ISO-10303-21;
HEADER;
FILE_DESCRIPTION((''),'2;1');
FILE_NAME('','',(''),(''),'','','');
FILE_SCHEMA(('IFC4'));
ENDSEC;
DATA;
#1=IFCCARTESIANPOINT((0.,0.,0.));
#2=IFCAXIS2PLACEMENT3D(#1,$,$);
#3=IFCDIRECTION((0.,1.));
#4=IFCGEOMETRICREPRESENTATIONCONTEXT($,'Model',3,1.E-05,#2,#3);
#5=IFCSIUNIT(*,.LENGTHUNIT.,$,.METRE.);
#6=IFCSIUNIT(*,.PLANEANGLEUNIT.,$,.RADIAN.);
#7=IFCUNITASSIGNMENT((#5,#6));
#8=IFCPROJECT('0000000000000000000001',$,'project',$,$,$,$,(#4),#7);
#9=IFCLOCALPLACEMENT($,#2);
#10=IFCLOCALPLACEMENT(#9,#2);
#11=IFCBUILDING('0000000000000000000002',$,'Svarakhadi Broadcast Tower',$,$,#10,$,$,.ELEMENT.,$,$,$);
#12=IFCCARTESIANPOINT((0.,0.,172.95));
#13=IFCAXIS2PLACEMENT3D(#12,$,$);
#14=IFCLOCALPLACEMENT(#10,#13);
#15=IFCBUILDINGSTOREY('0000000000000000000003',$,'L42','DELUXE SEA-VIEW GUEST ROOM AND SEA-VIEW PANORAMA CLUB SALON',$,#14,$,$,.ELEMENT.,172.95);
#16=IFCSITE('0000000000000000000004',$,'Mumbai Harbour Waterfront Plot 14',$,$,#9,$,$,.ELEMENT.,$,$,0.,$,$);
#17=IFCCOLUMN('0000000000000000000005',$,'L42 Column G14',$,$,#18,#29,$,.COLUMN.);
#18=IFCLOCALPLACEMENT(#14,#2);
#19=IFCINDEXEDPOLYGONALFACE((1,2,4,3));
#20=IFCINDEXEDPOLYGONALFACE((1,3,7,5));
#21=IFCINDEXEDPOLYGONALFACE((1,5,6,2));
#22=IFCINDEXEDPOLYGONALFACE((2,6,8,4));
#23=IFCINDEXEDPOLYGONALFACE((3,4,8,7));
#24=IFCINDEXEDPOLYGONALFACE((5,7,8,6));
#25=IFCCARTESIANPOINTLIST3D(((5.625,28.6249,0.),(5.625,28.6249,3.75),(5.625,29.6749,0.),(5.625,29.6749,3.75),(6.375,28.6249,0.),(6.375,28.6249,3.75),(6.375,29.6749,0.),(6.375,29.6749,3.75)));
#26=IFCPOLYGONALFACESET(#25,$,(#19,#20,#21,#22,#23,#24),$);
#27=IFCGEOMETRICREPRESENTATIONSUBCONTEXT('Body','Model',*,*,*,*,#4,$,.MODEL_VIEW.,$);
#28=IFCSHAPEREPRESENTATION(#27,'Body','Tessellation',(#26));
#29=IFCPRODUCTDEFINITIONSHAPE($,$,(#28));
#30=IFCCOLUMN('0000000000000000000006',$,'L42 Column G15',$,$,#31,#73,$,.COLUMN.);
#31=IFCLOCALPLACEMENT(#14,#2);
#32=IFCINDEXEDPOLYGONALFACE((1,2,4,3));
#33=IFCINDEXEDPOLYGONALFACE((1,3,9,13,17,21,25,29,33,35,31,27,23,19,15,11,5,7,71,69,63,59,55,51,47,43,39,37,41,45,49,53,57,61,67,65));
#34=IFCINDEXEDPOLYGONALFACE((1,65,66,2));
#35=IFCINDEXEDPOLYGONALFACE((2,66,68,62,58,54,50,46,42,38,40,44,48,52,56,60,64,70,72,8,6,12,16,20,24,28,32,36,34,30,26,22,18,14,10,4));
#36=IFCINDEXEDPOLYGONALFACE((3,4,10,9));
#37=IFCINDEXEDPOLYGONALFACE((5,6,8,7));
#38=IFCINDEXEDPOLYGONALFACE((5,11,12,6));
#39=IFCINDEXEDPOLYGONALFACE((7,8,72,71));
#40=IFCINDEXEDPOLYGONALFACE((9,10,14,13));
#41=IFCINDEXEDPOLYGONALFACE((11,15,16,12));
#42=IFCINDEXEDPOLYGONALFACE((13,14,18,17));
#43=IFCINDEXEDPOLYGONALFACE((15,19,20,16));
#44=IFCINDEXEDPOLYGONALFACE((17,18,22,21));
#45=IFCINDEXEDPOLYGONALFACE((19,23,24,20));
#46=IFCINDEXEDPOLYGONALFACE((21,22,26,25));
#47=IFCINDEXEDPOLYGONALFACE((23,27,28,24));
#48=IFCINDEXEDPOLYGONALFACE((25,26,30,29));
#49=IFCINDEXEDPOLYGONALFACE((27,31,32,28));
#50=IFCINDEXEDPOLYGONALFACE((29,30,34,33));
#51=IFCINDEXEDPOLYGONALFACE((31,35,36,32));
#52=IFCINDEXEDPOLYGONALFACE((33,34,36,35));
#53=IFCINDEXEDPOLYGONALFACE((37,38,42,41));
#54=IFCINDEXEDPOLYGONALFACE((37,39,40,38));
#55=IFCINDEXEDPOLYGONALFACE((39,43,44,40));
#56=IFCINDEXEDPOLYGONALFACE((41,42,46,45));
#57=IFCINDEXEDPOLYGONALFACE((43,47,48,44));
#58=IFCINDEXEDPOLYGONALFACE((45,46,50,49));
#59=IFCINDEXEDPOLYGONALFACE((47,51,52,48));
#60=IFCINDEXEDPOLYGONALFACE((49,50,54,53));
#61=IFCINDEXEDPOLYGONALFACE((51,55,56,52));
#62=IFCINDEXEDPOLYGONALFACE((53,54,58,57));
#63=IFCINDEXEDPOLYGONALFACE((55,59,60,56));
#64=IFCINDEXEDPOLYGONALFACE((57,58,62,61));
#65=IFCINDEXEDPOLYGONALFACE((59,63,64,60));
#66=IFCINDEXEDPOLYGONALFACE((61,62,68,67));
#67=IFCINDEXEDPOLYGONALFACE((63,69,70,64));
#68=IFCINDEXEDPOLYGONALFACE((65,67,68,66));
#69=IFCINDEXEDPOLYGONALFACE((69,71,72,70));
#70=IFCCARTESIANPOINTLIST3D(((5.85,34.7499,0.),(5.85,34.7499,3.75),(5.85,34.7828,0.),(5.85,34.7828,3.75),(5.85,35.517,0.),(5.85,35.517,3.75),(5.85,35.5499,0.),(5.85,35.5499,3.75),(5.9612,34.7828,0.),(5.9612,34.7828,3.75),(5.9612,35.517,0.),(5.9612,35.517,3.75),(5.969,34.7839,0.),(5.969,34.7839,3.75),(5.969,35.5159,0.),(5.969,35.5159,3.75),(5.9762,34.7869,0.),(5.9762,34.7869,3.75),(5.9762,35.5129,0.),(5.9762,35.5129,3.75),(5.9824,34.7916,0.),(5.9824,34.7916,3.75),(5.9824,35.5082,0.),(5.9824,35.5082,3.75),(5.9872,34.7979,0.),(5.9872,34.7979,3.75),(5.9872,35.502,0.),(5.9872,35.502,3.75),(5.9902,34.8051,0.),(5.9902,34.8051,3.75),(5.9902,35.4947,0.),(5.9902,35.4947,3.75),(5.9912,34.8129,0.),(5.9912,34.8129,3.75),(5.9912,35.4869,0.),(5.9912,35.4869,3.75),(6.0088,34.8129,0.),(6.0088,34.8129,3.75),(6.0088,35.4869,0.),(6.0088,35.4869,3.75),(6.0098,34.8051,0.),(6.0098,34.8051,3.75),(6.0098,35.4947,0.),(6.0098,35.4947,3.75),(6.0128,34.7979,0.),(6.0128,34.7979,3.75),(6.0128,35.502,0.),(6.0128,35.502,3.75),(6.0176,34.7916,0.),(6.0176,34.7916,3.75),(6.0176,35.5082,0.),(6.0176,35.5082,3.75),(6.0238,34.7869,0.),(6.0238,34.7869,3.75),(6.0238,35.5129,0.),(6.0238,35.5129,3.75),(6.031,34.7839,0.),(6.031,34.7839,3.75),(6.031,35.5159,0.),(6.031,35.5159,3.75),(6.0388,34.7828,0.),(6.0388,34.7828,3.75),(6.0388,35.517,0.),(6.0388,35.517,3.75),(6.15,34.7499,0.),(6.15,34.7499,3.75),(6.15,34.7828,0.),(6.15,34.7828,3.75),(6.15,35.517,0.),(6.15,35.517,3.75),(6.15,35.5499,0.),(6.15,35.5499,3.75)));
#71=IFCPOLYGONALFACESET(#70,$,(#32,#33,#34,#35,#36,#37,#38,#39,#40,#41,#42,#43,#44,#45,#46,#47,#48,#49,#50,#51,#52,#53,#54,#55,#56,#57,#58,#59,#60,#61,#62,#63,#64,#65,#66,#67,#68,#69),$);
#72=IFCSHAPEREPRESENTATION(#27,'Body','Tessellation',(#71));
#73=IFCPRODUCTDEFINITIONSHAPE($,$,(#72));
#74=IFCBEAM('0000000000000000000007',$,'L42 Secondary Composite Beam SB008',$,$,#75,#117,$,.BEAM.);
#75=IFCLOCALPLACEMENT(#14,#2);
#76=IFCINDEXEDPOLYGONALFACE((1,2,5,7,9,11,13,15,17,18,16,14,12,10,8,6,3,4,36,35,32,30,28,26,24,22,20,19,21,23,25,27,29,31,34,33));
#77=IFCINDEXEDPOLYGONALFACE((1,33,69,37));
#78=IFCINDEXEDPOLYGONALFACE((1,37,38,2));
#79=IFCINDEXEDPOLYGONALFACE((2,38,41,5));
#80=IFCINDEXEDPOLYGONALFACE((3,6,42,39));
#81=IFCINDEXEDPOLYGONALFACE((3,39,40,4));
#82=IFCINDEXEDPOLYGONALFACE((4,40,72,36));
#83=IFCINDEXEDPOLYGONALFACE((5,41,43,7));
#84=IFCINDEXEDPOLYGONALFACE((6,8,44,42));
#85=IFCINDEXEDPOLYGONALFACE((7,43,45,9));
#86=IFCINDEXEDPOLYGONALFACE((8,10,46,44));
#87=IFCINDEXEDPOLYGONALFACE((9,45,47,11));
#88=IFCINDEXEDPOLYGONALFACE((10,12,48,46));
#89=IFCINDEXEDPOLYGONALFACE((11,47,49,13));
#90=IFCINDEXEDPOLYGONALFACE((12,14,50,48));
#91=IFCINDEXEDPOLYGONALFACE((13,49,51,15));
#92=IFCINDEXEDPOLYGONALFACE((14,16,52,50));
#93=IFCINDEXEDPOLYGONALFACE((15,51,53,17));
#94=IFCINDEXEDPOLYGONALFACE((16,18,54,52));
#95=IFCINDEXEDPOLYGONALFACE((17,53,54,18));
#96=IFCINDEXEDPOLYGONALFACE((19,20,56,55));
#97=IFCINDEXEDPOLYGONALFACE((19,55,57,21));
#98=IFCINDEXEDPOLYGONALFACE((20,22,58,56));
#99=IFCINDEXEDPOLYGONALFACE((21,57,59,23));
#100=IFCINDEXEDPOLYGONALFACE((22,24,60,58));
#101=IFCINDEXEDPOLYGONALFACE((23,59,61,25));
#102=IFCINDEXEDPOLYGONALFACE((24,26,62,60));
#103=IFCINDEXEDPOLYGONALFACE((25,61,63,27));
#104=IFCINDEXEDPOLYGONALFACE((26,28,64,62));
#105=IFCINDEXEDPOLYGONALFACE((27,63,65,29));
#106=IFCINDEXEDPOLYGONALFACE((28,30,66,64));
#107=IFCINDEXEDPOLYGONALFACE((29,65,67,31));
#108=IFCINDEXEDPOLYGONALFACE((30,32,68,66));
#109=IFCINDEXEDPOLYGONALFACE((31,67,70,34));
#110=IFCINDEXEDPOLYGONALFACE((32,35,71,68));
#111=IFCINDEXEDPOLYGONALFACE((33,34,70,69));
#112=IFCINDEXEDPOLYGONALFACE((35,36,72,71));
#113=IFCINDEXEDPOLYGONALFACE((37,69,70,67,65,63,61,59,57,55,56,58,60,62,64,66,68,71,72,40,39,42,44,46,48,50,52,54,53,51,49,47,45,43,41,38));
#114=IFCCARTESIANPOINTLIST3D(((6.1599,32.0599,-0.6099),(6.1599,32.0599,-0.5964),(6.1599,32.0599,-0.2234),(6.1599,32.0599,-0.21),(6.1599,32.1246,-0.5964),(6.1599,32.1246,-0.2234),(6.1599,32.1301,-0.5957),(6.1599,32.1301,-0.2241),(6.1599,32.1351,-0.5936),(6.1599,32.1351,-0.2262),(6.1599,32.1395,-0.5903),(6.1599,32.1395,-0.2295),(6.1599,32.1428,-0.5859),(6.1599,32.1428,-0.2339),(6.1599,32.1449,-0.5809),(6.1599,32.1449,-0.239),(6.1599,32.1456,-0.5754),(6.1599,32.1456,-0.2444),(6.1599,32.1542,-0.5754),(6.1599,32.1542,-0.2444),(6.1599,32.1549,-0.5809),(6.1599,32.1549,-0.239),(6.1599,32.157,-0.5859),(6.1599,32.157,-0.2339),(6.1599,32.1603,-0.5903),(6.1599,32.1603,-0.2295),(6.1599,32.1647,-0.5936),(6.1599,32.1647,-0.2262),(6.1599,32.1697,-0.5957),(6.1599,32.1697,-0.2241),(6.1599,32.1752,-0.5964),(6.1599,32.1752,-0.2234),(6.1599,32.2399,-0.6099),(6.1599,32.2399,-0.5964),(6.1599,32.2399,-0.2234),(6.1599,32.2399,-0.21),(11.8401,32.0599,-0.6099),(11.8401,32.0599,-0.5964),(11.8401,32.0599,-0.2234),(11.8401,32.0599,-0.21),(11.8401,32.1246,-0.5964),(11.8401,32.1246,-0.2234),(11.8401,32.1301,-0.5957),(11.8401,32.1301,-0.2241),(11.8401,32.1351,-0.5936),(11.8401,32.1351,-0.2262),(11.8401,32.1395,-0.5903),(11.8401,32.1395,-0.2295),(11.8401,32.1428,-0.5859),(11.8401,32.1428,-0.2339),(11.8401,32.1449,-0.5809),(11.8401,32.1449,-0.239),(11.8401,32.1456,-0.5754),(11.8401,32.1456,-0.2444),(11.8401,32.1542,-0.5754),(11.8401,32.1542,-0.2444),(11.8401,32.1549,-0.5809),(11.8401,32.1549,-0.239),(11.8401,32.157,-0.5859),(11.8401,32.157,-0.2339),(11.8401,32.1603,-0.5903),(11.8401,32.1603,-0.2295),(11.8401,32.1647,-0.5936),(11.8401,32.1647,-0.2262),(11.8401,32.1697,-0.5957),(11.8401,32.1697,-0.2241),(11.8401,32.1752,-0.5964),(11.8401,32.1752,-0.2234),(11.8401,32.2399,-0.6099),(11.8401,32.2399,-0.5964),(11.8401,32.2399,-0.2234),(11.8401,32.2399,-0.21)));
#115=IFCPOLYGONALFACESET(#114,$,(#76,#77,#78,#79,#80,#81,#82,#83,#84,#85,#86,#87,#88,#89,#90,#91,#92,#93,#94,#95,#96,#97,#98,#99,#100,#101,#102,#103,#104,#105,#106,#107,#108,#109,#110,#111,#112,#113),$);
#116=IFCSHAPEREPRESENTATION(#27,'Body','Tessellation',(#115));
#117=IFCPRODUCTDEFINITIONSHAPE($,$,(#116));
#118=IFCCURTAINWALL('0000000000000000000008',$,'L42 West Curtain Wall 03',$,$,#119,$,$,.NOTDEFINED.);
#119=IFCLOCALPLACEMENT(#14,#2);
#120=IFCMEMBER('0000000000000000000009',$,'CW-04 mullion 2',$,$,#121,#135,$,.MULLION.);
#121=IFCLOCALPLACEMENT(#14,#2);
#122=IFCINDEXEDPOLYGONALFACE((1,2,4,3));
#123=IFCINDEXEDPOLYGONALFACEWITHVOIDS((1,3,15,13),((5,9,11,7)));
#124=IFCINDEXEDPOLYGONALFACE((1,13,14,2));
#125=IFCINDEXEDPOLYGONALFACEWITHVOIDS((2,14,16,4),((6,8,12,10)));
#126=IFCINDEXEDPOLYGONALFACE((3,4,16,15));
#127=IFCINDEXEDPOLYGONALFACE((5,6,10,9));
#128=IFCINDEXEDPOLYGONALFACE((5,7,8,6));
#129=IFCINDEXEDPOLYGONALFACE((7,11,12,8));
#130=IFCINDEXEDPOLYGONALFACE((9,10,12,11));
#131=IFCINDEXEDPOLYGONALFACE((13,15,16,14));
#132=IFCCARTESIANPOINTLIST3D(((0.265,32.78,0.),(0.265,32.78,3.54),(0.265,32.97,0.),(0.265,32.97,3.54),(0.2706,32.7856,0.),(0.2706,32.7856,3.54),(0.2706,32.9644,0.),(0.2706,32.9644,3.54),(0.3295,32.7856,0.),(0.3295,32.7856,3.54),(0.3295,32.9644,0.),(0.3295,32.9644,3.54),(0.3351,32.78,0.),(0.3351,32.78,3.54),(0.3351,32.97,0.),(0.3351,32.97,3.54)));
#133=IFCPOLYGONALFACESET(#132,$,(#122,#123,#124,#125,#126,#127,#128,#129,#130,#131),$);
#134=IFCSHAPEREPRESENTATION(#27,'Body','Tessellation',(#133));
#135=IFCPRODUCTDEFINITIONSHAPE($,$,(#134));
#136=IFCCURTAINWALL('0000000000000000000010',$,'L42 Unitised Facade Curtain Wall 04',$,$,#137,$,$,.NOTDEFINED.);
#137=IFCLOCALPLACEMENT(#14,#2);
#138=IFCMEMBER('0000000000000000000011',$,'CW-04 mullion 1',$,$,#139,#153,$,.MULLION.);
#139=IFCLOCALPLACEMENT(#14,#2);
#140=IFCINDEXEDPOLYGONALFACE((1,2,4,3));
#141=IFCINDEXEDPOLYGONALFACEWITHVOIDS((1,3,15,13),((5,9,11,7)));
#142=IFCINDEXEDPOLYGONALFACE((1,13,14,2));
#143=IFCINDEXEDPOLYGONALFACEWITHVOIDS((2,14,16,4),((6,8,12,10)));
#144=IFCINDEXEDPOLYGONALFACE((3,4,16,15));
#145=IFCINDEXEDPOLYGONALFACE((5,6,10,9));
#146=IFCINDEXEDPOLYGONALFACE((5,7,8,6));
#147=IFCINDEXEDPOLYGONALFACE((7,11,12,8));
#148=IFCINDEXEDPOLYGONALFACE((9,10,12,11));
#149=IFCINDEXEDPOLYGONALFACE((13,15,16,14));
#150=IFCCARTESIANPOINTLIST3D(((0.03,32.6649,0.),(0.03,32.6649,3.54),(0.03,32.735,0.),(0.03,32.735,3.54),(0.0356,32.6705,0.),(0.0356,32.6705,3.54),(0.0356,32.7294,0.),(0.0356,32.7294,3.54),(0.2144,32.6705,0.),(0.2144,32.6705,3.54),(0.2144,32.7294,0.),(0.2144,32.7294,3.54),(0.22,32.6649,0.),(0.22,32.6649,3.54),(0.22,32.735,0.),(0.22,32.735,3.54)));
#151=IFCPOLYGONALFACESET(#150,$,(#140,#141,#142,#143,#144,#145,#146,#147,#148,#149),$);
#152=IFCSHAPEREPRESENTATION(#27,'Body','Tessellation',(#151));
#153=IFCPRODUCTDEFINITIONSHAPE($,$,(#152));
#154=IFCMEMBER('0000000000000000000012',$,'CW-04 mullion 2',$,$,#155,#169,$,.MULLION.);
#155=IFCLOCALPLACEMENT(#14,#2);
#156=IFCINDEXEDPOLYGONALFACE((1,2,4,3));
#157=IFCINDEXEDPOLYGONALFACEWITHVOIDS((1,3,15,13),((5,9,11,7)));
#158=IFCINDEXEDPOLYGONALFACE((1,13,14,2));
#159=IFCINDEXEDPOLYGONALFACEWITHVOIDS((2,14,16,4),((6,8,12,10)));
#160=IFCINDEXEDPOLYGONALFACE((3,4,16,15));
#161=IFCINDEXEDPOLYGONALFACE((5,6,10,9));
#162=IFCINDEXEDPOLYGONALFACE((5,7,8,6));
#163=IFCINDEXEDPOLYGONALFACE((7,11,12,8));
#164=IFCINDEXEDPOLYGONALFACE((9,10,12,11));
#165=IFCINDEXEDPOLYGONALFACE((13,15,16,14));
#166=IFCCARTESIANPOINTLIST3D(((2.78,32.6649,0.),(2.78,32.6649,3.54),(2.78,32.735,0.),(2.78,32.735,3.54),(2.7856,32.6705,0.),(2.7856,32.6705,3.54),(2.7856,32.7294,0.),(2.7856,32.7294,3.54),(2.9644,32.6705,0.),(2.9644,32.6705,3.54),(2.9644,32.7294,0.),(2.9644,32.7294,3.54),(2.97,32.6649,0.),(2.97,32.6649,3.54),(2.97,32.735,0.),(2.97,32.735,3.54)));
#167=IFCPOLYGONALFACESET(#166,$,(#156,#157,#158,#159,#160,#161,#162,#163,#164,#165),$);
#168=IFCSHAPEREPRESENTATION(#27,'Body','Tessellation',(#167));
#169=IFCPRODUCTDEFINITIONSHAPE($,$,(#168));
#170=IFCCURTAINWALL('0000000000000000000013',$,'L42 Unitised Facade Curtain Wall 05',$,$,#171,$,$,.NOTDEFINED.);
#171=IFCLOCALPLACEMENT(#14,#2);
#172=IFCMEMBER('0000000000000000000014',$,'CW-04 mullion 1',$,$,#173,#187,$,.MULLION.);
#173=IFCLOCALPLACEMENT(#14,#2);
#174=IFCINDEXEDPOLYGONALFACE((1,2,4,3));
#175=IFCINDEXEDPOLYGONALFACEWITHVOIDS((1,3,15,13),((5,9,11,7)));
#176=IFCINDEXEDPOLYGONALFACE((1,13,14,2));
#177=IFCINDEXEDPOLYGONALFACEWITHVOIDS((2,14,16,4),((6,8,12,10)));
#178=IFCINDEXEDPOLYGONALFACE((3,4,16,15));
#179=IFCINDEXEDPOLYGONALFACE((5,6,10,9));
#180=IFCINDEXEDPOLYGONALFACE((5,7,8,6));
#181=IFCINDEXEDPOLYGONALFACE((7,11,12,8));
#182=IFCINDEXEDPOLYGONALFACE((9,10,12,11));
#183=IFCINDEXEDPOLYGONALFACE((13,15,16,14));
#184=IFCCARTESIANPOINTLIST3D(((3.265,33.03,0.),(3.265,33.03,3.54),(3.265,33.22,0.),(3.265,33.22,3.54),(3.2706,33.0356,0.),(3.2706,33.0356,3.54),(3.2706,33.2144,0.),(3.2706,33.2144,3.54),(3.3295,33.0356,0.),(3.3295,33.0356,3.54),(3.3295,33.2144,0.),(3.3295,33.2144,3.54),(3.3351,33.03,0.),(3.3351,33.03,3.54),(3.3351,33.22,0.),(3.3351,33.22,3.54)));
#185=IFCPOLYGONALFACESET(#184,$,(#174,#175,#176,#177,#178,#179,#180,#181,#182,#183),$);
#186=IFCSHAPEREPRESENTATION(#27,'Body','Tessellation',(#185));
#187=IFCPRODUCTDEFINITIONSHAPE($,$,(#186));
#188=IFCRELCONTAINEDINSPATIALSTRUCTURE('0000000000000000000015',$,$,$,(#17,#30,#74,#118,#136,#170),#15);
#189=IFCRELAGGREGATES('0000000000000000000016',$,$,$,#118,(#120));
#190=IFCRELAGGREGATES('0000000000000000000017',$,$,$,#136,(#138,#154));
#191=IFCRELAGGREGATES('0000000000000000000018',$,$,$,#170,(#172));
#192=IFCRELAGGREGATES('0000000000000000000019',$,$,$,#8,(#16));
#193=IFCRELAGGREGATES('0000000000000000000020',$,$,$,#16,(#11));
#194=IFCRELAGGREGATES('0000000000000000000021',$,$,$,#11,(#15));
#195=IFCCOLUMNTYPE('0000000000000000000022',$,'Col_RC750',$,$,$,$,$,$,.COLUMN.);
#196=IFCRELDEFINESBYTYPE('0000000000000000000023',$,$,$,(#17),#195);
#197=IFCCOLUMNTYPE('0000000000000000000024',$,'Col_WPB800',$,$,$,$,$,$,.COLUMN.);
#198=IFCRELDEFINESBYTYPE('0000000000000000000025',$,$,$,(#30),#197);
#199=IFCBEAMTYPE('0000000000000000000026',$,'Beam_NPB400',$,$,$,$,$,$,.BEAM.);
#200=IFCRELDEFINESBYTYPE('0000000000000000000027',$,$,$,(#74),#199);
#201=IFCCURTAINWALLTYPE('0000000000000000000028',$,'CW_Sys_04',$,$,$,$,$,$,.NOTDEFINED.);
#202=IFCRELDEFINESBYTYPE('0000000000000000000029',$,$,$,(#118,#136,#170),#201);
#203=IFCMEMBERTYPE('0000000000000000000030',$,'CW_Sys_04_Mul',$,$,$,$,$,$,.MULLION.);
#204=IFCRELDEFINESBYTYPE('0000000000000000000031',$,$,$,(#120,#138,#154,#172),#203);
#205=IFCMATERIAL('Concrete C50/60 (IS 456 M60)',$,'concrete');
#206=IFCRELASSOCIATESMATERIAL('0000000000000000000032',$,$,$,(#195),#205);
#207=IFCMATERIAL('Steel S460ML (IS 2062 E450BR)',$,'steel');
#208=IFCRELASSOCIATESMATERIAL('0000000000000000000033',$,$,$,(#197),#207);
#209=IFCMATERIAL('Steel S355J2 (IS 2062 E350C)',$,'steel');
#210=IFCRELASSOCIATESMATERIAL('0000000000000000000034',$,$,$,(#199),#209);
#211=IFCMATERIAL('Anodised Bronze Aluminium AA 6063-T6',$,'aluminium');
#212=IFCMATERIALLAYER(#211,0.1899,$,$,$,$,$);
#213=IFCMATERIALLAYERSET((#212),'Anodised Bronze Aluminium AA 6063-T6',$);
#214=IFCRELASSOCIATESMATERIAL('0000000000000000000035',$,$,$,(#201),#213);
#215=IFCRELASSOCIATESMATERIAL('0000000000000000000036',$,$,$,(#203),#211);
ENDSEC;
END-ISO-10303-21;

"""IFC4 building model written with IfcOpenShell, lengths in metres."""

from ifc_helpers import new_model, si_unit, direction, frame, origin, origin_2d, place, context, subcontext, project, spatial, rectangle, hollow_rectangle, i_section, extrude, material, layer, layer_set, material_profile, profile_set, type_object, element, aggregate, save


model = new_model("IFC4")

# Units and contexts
model_context = context("Model", 3, precision=1e-05, world=origin(), true_north=direction((0.0, 1.0)))
body_context = subcontext(model_context, "Body", "Model", "MODEL_VIEW")
ifc_project = project(units=[si_unit("LENGTHUNIT", "METRE"), si_unit("PLANEANGLEUNIT", "RADIAN")], contexts=[model_context])

# Site, building, storey
site_placement = place(None, origin())
site = spatial("IfcSite", under=ifc_project, at=site_placement, Name="Mumbai Harbour Waterfront Plot 14", CompositionType="ELEMENT", RefElevation=0.0)
building_placement = place(site_placement, origin())
building = spatial("IfcBuilding", under=site, at=building_placement, Name="Svarakhadi Broadcast Tower", CompositionType="ELEMENT")
storey_placement = place(building_placement, frame((0.0, 0.0, 172.95)))
storey = spatial("IfcBuildingStorey", under=building, at=storey_placement, Name="L42", Description="DELUXE SEA-VIEW GUEST ROOM AND SEA-VIEW PANORAMA CLUB SALON", CompositionType="ELEMENT", Elevation=172.95)

# Columns
ifc_material_1 = material(Name="Concrete C50/60 (IS 456 M60)", Category="concrete")
ifc_material_profile_1 = material_profile(ifc_material_1, rectangle(XDim=0.75, YDim=1.05, at=origin_2d()), Name="RC 750x1050")
ifc_profile_set_1 = profile_set([ifc_material_profile_1], Name="Concrete C50/60 (IS 456 M60)")
column_type_1 = type_object("IfcColumnType", Name="Col_RC750", PredefinedType="COLUMN", material=ifc_profile_set_1)
column_1_placement = place(storey_placement, frame((6.0, 29.1499, 0.0), z_axis=(0.0, 0.0, 1.0), x_axis=(1.0, 0.0, 0.0)))
element("IfcColumn", 1, at=column_1_placement, inside=storey, type_object=column_type_1, Name="L42 Column G14", PredefinedType="COLUMN", context=body_context, shape_type="SweptSolid", body=[
    extrude(rectangle(XDim=0.75, YDim=1.05, at=origin_2d()), origin(), (0.0, 0.0, 1.0), 3.75),
])
ifc_material_2 = material(Name="Steel S460ML (IS 2062 E450BR)", Category="steel")
ifc_material_profile_2 = material_profile(ifc_material_2, i_section(OverallWidth=0.3, OverallDepth=0.8, WebThickness=0.0176, FlangeThickness=0.033, FilletRadius=0.03, at=origin_2d()), Name="WPB 800x300x262")
ifc_profile_set_2 = profile_set([ifc_material_profile_2], Name="Steel S460ML (IS 2062 E450BR)")
column_type_2 = type_object("IfcColumnType", Name="Col_WPB800", PredefinedType="COLUMN", material=ifc_profile_set_2)
column_2_placement = place(storey_placement, frame((6.0, 35.1499, 0.0), z_axis=(0.0, 0.0, 1.0), x_axis=(1.0, 0.0, 0.0)))
element("IfcColumn", 2, at=column_2_placement, inside=storey, type_object=column_type_2, Name="L42 Column G15", PredefinedType="COLUMN", context=body_context, shape_type="SweptSolid", body=[
    extrude(i_section(OverallWidth=0.3, OverallDepth=0.8, WebThickness=0.0176, FlangeThickness=0.033, FilletRadius=0.03, at=origin_2d()), origin(), (0.0, 0.0, 1.0), 3.75),
])

# Beam
ifc_material_3 = material(Name="Steel S355J2 (IS 2062 E350C)", Category="steel")
ifc_material_profile_3 = material_profile(ifc_material_3, i_section(OverallWidth=0.1799, OverallDepth=0.3999, WebThickness=0.0085, FlangeThickness=0.0134, FilletRadius=0.021, at=origin_2d()), Name="NPB 400x180x66")
ifc_profile_set_3 = profile_set([ifc_material_profile_3], Name="Steel S355J2 (IS 2062 E350C)")
beam_type_1 = type_object("IfcBeamType", Name="Beam_NPB400", PredefinedType="BEAM", material=ifc_profile_set_3)
beam_placement = place(storey_placement, frame((6.1599, 32.1499, -0.4099), z_axis=(1.0, 0.0, 0.0), x_axis=(0.0, 1.0, 0.0)))
element("IfcBeam", 3, at=beam_placement, inside=storey, type_object=beam_type_1, Name="L42 Secondary Composite Beam SB008", PredefinedType="BEAM", context=body_context, shape_type="SweptSolid", body=[
    extrude(i_section(OverallWidth=0.1799, OverallDepth=0.3999, WebThickness=0.0085, FlangeThickness=0.0134, FilletRadius=0.021, at=origin_2d()), origin(), (0.0, 0.0, 1.0), 5.6802),
])

# Curtain wall, member
ifc_material_4 = material(Name="Anodised Bronze Aluminium AA 6063-T6", Category="aluminium")
ifc_layer_1 = layer(ifc_material_4, 0.1899)
ifc_layer_set_1 = layer_set([ifc_layer_1], Name="Anodised Bronze Aluminium AA 6063-T6")
curtain_wall_type = type_object("IfcCurtainWallType", Name="CW_Sys_04", PredefinedType="NOTDEFINED", material=ifc_layer_set_1)
curtain_wall_1_placement = place(storey_placement, origin())
curtain_wall_1 = element("IfcCurtainWall", 4, at=curtain_wall_1_placement, inside=storey, type_object=curtain_wall_type, Name="L42 West Curtain Wall 03", PredefinedType="NOTDEFINED")
ifc_material_profile_4 = material_profile(ifc_material_4, hollow_rectangle(XDim=0.0701, YDim=0.1899, WallThickness=0.0056, at=origin_2d()), Name="ALU MULLION 190x70x6")
ifc_profile_set_4 = profile_set([ifc_material_profile_4], Name="Anodised Bronze Aluminium AA 6063-T6")
member_type_1 = type_object("IfcMemberType", Name="CW_Sys_04_Mul", PredefinedType="MULLION", material=ifc_profile_set_4)
member_1_placement = place(storey_placement, frame((0.3, 32.875, 0.0), z_axis=(0.0, 0.0, 1.0), x_axis=(-1.0, 0.0, 0.0)))
member_1 = element("IfcMember", 5, at=member_1_placement, type_object=member_type_1, Name="CW-04 mullion 2", PredefinedType="MULLION", context=body_context, shape_type="SweptSolid", body=[
    extrude(hollow_rectangle(XDim=0.0701, YDim=0.1899, WallThickness=0.0056, at=origin_2d()), origin(), (0.0, 0.0, 1.0), 3.54),
])
aggregate(curtain_wall_1, [member_1])

# Curtain walls, members
curtain_wall_2_placement = place(storey_placement, origin())
curtain_wall_2 = element("IfcCurtainWall", 6, at=curtain_wall_2_placement, inside=storey, type_object=curtain_wall_type, Name="L42 Unitised Facade Curtain Wall 04", PredefinedType="NOTDEFINED")
member_2_placement = place(storey_placement, frame((0.125, 32.7, 0.0), z_axis=(0.0, 0.0, 1.0), x_axis=(0.0, 1.0, 0.0)))
member_2 = element("IfcMember", 7, at=member_2_placement, type_object=member_type_1, Name="CW-04 mullion 1", PredefinedType="MULLION", context=body_context, shape_type="SweptSolid", body=[
    extrude(hollow_rectangle(XDim=0.0701, YDim=0.1899, WallThickness=0.0056, at=origin_2d()), origin(), (0.0, 0.0, 1.0), 3.54),
])
member_3_placement = place(storey_placement, frame((2.875, 32.7, 0.0), z_axis=(0.0, 0.0, 1.0), x_axis=(0.0, 1.0, 0.0)))
member_3 = element("IfcMember", 8, at=member_3_placement, type_object=member_type_1, Name="CW-04 mullion 2", PredefinedType="MULLION", context=body_context, shape_type="SweptSolid", body=[
    extrude(hollow_rectangle(XDim=0.0701, YDim=0.1899, WallThickness=0.0056, at=origin_2d()), origin(), (0.0, 0.0, 1.0), 3.54),
])
curtain_wall_3_placement = place(storey_placement, origin())
curtain_wall_3 = element("IfcCurtainWall", 9, at=curtain_wall_3_placement, inside=storey, type_object=curtain_wall_type, Name="L42 Unitised Facade Curtain Wall 05", PredefinedType="NOTDEFINED")
member_4_placement = place(storey_placement, frame((3.3, 33.125, 0.0), z_axis=(0.0, 0.0, 1.0), x_axis=(-1.0, 0.0, 0.0)))
member_4 = element("IfcMember", 10, at=member_4_placement, type_object=member_type_1, Name="CW-04 mullion 1", PredefinedType="MULLION", context=body_context, shape_type="SweptSolid", body=[
    extrude(hollow_rectangle(XDim=0.0701, YDim=0.1899, WallThickness=0.0056, at=origin_2d()), origin(), (0.0, 0.0, 1.0), 3.54),
])

aggregate(curtain_wall_2, [member_2, member_3])
aggregate(curtain_wall_3, [member_4])

save(model, "model.ifc")
